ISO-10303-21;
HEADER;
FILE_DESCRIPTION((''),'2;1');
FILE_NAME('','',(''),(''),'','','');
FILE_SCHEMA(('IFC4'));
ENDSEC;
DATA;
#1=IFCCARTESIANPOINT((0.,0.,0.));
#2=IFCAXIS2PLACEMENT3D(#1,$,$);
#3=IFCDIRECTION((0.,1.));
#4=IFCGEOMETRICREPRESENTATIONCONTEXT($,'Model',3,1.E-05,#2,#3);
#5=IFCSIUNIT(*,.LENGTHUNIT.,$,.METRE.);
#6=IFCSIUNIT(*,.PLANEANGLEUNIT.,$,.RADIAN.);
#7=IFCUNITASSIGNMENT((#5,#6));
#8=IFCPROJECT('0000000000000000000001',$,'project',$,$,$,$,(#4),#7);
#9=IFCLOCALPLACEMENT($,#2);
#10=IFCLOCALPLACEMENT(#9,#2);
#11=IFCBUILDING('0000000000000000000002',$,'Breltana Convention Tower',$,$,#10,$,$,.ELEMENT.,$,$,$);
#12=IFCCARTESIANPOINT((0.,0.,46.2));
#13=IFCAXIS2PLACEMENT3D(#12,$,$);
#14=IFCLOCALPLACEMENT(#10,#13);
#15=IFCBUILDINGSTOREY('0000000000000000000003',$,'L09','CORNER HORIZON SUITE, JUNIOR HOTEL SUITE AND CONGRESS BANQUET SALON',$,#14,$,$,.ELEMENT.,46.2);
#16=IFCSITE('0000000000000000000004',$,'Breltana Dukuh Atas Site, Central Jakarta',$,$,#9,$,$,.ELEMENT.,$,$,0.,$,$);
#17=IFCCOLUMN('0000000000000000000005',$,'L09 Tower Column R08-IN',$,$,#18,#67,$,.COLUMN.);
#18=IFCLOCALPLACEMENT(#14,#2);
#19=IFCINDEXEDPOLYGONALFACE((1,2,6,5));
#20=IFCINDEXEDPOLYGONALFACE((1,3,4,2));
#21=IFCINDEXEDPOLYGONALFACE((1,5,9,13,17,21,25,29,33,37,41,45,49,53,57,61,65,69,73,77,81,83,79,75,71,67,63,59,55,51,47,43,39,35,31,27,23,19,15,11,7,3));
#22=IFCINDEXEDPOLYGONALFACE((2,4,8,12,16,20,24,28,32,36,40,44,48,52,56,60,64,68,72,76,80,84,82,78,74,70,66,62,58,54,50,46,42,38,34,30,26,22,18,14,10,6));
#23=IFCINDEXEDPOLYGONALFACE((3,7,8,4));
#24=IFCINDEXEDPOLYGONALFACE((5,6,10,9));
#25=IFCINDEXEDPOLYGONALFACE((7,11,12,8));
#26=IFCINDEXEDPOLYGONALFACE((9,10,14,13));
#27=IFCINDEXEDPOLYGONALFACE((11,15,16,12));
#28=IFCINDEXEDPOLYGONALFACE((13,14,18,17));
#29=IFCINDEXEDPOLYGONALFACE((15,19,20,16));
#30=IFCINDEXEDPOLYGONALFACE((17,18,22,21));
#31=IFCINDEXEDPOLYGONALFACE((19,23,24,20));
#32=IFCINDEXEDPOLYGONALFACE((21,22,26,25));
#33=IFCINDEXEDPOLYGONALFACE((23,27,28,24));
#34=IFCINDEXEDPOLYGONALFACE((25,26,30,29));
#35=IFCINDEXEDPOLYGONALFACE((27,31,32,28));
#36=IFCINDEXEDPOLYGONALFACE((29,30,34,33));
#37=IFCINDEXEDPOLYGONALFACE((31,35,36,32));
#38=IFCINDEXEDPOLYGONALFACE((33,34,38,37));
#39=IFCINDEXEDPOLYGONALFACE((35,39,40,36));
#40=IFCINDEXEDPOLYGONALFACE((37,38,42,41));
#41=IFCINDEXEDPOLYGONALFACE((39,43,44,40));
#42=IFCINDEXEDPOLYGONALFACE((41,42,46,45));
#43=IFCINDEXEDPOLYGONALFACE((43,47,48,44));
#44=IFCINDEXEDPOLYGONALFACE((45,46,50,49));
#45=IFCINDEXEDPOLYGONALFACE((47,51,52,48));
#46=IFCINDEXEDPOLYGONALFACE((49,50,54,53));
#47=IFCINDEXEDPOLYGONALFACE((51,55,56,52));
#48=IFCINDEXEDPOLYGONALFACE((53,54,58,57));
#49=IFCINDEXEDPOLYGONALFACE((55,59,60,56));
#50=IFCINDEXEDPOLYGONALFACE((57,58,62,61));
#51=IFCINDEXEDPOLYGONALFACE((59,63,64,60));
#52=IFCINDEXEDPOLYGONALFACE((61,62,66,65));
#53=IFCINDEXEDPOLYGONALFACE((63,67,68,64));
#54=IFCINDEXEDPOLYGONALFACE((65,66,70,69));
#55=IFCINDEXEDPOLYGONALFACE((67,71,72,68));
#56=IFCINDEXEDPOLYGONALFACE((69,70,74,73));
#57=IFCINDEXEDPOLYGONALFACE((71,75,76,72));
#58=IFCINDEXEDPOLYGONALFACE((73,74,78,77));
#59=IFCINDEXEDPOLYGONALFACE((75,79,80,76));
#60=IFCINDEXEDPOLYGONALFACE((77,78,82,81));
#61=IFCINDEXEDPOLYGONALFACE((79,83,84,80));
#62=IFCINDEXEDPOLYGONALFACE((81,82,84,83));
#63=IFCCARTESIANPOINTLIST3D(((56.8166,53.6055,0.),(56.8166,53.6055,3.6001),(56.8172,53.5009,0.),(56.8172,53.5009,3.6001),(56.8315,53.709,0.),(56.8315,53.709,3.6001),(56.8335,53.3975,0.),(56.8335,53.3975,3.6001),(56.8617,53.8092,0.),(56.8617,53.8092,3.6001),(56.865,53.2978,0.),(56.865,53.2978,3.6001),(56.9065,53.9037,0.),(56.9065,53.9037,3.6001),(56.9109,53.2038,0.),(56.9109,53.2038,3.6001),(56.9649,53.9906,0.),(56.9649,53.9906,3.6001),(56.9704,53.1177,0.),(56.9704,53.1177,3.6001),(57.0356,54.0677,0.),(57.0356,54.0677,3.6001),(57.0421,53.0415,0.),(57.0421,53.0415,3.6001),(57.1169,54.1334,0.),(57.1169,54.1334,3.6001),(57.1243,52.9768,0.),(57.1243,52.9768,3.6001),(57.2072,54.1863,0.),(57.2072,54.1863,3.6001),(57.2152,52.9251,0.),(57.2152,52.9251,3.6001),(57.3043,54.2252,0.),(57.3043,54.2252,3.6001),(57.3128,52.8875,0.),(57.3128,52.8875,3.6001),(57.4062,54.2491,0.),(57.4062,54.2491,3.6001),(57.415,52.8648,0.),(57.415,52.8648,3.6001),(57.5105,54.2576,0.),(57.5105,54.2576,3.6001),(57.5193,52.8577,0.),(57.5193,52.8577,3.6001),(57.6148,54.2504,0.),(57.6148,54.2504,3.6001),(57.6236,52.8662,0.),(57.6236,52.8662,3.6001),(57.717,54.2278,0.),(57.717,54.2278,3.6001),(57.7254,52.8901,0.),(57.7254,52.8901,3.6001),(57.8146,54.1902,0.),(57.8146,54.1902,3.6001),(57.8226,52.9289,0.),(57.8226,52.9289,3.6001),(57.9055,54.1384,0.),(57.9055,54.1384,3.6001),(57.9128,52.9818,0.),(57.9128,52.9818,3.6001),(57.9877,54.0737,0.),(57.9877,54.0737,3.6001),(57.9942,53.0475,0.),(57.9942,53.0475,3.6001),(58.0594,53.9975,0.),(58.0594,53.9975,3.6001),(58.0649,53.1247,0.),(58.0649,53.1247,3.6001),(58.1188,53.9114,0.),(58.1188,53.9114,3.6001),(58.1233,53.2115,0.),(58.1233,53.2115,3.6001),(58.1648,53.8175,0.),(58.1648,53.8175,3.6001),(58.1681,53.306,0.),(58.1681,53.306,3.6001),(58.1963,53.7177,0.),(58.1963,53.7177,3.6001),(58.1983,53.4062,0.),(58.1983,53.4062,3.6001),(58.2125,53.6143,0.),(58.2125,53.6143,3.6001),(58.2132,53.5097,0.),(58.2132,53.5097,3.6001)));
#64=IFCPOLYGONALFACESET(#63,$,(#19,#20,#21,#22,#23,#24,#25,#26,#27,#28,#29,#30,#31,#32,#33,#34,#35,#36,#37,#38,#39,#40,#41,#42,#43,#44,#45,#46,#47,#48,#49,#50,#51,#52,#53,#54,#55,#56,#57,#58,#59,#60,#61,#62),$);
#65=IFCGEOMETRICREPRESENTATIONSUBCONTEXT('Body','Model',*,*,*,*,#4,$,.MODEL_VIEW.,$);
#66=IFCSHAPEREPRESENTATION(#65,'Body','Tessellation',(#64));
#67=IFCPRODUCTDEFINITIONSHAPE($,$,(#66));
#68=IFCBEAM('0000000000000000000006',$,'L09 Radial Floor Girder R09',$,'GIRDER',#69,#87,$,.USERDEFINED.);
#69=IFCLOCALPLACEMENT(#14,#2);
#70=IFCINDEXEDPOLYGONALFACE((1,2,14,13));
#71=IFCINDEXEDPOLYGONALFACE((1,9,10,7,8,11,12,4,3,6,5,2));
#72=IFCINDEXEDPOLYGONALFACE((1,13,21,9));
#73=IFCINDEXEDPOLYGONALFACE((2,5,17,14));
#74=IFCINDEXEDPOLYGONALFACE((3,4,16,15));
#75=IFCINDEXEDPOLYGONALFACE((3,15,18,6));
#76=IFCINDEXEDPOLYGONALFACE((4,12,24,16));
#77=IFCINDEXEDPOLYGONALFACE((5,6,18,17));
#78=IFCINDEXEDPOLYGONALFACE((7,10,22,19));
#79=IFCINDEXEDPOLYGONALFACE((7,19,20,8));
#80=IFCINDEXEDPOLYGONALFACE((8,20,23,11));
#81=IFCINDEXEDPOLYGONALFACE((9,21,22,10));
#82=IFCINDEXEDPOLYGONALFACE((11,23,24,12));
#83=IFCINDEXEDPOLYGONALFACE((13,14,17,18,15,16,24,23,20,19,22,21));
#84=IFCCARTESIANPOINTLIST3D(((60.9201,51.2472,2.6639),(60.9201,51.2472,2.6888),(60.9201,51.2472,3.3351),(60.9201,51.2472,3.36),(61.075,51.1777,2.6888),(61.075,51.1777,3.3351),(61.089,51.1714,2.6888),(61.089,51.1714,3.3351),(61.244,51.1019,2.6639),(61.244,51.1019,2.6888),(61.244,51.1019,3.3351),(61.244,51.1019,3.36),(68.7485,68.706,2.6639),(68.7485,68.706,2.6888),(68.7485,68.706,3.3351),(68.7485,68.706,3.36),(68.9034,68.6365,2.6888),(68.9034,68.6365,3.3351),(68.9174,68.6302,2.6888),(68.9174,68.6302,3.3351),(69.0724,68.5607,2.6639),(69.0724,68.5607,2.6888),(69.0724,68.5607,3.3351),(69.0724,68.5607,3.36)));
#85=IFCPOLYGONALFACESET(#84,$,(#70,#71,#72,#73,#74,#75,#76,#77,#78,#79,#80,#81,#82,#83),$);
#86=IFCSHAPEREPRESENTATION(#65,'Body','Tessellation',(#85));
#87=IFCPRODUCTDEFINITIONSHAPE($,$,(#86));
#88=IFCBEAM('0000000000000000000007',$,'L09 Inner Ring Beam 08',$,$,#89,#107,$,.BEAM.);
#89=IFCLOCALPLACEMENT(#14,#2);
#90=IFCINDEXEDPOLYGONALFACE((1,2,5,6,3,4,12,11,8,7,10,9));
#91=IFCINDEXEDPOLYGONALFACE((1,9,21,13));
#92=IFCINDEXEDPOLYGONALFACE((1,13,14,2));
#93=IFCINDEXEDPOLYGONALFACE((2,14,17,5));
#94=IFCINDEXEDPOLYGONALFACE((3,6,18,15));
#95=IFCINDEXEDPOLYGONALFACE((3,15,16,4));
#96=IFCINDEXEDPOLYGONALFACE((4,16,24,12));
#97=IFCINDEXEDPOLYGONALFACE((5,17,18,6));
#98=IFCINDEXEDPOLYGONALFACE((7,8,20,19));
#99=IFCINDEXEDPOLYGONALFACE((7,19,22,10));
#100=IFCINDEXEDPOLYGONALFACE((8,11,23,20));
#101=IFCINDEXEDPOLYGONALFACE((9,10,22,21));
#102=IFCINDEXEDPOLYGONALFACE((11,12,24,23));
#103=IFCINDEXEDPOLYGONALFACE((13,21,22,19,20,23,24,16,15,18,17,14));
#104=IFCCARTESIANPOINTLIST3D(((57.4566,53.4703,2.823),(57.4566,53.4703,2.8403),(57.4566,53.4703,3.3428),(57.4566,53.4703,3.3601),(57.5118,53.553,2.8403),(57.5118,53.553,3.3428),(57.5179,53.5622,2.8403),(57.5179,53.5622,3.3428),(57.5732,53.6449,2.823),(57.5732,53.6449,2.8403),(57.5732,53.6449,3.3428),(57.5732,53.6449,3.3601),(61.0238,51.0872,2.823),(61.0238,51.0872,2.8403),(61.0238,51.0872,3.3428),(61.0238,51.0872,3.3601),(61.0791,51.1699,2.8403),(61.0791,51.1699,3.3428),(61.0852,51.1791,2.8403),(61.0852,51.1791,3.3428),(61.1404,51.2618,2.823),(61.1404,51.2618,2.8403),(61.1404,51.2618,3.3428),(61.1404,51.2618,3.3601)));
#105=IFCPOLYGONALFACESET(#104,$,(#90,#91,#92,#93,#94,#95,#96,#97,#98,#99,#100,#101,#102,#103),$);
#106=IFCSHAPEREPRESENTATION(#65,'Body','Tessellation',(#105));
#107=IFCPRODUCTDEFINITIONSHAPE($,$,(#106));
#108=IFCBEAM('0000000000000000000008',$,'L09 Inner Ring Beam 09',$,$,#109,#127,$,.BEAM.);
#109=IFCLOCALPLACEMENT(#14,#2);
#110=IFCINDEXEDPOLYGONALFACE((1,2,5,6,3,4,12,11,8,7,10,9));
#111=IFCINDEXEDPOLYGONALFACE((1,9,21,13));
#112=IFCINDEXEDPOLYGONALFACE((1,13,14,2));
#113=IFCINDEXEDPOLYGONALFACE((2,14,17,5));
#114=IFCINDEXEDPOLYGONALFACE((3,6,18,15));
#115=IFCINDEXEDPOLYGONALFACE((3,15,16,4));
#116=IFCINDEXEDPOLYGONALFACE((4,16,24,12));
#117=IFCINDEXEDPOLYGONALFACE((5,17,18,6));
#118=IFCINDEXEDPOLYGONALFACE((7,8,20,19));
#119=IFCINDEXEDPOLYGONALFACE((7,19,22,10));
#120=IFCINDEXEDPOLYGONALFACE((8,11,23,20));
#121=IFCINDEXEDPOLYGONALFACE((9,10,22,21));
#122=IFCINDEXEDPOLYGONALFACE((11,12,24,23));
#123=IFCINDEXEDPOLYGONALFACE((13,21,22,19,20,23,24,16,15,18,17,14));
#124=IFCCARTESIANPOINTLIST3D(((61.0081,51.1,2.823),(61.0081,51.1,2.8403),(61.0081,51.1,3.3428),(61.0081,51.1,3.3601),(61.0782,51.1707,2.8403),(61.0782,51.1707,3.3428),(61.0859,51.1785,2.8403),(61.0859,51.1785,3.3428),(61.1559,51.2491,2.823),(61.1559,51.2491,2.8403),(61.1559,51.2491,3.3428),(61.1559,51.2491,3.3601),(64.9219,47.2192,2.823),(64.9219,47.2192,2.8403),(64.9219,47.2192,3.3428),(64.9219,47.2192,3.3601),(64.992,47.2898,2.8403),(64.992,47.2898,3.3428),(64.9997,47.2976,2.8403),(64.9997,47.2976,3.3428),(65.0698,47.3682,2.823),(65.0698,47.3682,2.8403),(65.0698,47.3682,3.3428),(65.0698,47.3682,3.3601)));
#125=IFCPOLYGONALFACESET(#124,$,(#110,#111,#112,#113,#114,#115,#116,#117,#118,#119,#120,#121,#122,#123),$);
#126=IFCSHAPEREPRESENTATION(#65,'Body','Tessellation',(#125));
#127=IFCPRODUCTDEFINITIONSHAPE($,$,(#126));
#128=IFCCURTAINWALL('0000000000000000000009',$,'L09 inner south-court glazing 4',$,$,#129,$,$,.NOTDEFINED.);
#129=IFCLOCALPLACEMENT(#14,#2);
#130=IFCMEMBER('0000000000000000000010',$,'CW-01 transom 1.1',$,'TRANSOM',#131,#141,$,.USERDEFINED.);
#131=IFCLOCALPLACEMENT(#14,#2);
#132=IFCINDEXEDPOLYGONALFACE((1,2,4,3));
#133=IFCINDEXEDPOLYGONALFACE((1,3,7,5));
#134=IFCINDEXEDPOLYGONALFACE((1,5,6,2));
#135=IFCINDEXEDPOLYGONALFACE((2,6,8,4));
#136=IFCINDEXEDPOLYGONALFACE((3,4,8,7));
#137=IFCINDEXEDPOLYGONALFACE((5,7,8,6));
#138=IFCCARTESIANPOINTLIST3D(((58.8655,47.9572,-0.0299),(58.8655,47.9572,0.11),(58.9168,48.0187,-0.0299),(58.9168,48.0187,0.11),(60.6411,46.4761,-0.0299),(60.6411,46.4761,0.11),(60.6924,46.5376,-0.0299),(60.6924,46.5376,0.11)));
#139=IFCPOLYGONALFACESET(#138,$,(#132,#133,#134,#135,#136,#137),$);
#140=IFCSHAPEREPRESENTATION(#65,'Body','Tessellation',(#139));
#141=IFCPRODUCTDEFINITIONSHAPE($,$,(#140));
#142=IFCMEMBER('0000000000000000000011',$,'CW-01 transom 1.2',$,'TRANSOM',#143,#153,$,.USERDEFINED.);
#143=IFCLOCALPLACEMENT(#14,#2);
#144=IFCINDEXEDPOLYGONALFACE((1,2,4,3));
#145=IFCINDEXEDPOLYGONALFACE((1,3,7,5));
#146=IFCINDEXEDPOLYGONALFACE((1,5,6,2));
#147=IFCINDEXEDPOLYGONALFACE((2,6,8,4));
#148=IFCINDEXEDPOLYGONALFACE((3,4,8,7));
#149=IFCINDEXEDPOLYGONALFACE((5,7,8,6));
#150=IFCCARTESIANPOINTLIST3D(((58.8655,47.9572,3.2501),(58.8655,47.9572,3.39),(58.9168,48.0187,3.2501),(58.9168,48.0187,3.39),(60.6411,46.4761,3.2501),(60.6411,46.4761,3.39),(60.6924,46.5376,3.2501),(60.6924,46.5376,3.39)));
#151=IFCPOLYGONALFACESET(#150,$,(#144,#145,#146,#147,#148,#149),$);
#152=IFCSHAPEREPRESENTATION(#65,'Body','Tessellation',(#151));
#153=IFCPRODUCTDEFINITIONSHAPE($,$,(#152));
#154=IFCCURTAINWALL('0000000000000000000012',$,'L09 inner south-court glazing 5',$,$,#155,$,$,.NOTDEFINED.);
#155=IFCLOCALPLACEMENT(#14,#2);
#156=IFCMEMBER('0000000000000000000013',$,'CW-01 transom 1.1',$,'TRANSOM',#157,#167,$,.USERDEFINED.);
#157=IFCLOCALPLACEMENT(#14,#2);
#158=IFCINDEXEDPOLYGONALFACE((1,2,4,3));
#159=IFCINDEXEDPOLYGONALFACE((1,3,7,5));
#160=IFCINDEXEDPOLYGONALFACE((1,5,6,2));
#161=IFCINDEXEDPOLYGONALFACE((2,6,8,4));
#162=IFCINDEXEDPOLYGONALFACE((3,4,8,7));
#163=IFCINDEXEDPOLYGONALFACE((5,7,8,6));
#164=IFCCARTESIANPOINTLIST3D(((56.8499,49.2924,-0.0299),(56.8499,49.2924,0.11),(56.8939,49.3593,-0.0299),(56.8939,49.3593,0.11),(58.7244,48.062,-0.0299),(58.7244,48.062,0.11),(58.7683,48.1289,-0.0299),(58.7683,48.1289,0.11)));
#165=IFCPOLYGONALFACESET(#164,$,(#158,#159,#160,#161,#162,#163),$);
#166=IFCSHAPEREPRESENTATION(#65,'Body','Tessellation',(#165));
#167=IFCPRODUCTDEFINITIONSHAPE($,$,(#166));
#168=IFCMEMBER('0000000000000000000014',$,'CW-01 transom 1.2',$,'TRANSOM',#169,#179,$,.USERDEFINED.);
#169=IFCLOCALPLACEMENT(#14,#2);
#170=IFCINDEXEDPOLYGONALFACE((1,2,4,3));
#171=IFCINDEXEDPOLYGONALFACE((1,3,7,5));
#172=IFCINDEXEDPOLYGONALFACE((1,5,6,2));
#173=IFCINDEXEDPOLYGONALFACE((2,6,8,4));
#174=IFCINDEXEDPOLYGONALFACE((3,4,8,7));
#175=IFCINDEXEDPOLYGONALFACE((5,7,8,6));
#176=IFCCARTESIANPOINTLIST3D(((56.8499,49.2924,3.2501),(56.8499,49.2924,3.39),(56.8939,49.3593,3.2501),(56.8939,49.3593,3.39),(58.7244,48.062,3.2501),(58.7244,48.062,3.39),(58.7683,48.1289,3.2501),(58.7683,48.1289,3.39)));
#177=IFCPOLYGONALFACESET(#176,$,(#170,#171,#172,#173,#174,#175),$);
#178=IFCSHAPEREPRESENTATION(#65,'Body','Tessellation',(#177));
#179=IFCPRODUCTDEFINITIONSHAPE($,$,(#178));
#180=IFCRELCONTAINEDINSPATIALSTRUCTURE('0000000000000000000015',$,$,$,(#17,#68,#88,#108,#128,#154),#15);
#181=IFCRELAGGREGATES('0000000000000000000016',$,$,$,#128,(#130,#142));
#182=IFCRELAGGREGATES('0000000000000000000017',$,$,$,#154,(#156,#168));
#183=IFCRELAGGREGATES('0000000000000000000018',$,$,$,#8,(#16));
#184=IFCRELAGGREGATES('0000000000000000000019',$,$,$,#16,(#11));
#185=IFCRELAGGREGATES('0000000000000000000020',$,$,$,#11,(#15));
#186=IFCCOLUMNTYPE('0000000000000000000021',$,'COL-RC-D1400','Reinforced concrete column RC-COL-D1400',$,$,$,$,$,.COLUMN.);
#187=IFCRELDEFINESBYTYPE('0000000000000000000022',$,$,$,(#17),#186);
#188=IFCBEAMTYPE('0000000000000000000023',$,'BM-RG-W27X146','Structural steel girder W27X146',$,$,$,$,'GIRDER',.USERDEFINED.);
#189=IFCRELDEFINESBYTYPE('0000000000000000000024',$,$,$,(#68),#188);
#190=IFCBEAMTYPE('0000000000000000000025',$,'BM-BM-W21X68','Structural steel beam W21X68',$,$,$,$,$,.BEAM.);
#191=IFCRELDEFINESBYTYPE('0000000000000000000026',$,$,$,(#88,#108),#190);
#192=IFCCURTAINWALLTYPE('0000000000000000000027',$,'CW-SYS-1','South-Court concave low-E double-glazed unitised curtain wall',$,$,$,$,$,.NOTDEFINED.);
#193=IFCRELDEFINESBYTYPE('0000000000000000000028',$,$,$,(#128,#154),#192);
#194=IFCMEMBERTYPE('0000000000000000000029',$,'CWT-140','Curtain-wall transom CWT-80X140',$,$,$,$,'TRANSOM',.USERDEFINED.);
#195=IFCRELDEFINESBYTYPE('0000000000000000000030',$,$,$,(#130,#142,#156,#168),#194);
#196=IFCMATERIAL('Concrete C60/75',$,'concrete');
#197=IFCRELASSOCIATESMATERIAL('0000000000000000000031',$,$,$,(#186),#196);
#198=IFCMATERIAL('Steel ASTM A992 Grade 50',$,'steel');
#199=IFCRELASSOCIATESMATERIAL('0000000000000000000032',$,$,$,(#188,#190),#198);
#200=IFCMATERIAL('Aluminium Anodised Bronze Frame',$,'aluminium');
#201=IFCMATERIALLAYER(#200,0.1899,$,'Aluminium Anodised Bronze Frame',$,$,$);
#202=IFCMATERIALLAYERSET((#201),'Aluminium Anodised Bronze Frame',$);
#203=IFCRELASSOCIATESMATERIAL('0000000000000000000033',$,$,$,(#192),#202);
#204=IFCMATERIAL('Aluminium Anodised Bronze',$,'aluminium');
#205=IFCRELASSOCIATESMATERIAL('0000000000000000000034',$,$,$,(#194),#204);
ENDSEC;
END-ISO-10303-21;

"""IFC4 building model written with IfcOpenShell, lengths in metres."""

from ifc_helpers import new_model, si_unit, direction, frame, origin, origin_2d, place, context, subcontext, project, spatial, rectangle, circle, i_section, extrude, source, transform, mapped, material, layer, layer_set, material_profile, profile_set, type_object, element, aggregate, save


model = new_model("IFC4")

# Units and contexts
model_context = context("Model", 3, precision=1e-05, world=origin(), true_north=direction((0.0, 1.0)))
body_context = subcontext(model_context, "Body", "Model", "MODEL_VIEW")
ifc_project = project(units=[si_unit("LENGTHUNIT", "METRE"), si_unit("PLANEANGLEUNIT", "RADIAN")], contexts=[model_context])

# Site, building, storey
site_placement = place(None, origin())
site = spatial("IfcSite", under=ifc_project, at=site_placement, Name="Breltana Dukuh Atas Site, Central Jakarta", CompositionType="ELEMENT", RefElevation=0.0)
building_placement = place(site_placement, origin())
building = spatial("IfcBuilding", under=site, at=building_placement, Name="Breltana Convention Tower", CompositionType="ELEMENT")
storey_placement = place(building_placement, frame((0.0, 0.0, 46.2)))
storey = spatial("IfcBuildingStorey", under=building, at=storey_placement, Name="L09", Description="CORNER HORIZON SUITE, JUNIOR HOTEL SUITE AND CONGRESS BANQUET SALON", CompositionType="ELEMENT", Elevation=46.2)

# Column
ifc_material_1 = material(Name="Concrete C60/75", Category="concrete")
ifc_material_profile_1 = material_profile(ifc_material_1, circle(Radius=0.7, at=origin_2d()), Name="RC-COL-D1400")
ifc_profile_set_1 = profile_set([ifc_material_profile_1], Name="Concrete C60/75")
column_type = type_object("IfcColumnType", Name="COL-RC-D1400", Description="Reinforced concrete column RC-COL-D1400", PredefinedType="COLUMN", material=ifc_profile_set_1)
shared_shape_1 = source(origin(), body_context, "Body", "SweptSolid", [
    extrude(circle(Radius=0.7, at=origin_2d()), origin(), (0.0, 0.0, 1.0), 3.6001),
])
for number, where, z_axis, x_axis, name in (
    (1, (57.5149, 53.5576, 0.0), (0.0, 0.0, 1.0), (0.288698, 0.95742, 0.0), "L09 Tower Column R08-IN"),
):
    element("IfcColumn", number, at=place(storey_placement, frame(where, z_axis=z_axis, x_axis=x_axis)), inside=storey, type_object=column_type, Name=name, PredefinedType="COLUMN", context=body_context, shape_type="MappedRepresentation", body=[
        mapped(shared_shape_1, transform((0.0, 0.0, 0.0), scale=1.0)),
    ])

# Beams
ifc_material_2 = material(Name="Steel ASTM A992 Grade 50", Category="steel")
ifc_material_profile_2 = material_profile(ifc_material_2, i_section(OverallWidth=0.355, OverallDepth=0.696, WebThickness=0.0154, FlangeThickness=0.0249, at=origin_2d()), Name="W27X146")
ifc_profile_set_2 = profile_set([ifc_material_profile_2], Name="Steel ASTM A992 Grade 50")
beam_type_1 = type_object("IfcBeamType", Name="BM-RG-W27X146", Description="Structural steel girder W27X146", ElementType="GIRDER", PredefinedType="USERDEFINED", material=ifc_profile_set_2)
shared_shape_2 = source(origin(), body_context, "Body", "SweptSolid", [
    extrude(i_section(OverallWidth=0.355, OverallDepth=0.696, WebThickness=0.0154, FlangeThickness=0.0249, at=origin_2d()), origin(), (0.0, 0.0, 1.0), 19.1335),
])
beam_1_placement = place(storey_placement, frame((61.082, 51.1746, 3.012), z_axis=(0.409145, 0.91247, 0.0), x_axis=(-0.91247, 0.409145, 0.0)))
element("IfcBeam", 2, at=beam_1_placement, inside=storey, type_object=beam_type_1, Name="L09 Radial Floor Girder R09", ObjectType="GIRDER", PredefinedType="USERDEFINED", context=body_context, shape_type="MappedRepresentation", body=[
    mapped(shared_shape_2, transform((0.0, 0.0, 0.0), scale=1.0)),
])
ifc_material_profile_3 = material_profile(ifc_material_2, i_section(OverallWidth=0.21, OverallDepth=0.5371, WebThickness=0.011, FlangeThickness=0.0173, at=origin_2d()), Name="W21X68")
ifc_profile_set_3 = profile_set([ifc_material_profile_3], Name="Steel ASTM A992 Grade 50")
beam_type_2 = type_object("IfcBeamType", Name="BM-BM-W21X68", Description="Structural steel beam W21X68", PredefinedType="BEAM", material=ifc_profile_set_3)
shared_shape_3 = source(origin(), body_context, "Body", "SweptSolid", [
    extrude(i_section(OverallWidth=0.21, OverallDepth=0.5371, WebThickness=0.011, FlangeThickness=0.0173, at=origin_2d()), origin(), (0.0, 0.0, 1.0), 4.29),
])
beam_2_placement = place(storey_placement, frame((57.5149, 53.5576, 3.0916), z_axis=(0.831516, -0.555501, 0.0), x_axis=(0.555501, 0.831516, 0.0)))
element("IfcBeam", 3, at=beam_2_placement, inside=storey, type_object=beam_type_2, Name="L09 Inner Ring Beam 08", PredefinedType="BEAM", context=body_context, shape_type="MappedRepresentation", body=[
    mapped(shared_shape_3, transform((0.0, 0.0, 0.0), scale=1.0)),
])
shared_shape_4 = source(origin(), body_context, "Body", "SweptSolid", [
    extrude(i_section(OverallWidth=0.21, OverallDepth=0.5371, WebThickness=0.011, FlangeThickness=0.0173, at=origin_2d()), origin(), (0.0, 0.0, 1.0), 5.5117),
])
beam_3_placement = place(storey_placement, frame((61.082, 51.1746, 3.0916), z_axis=(0.71009, -0.704111, 0.0), x_axis=(0.704111, 0.71009, 0.0)))
element("IfcBeam", 4, at=beam_3_placement, inside=storey, type_object=beam_type_2, Name="L09 Inner Ring Beam 09", PredefinedType="BEAM", context=body_context, shape_type="MappedRepresentation", body=[
    mapped(shared_shape_4, transform((0.0, 0.0, 0.0), scale=1.0)),
])

# Curtain walls, members
ifc_material_3 = material(Name="Aluminium Anodised Bronze Frame", Category="aluminium")
ifc_layer_1 = layer(ifc_material_3, 0.1899, Name="Aluminium Anodised Bronze Frame")
ifc_layer_set_1 = layer_set([ifc_layer_1], Name="Aluminium Anodised Bronze Frame")
curtain_wall_type = type_object("IfcCurtainWallType", Name="CW-SYS-1", Description="South-Court concave low-E double-glazed unitised curtain wall", PredefinedType="NOTDEFINED", material=ifc_layer_set_1)
curtain_wall_1_placement = place(storey_placement, origin())
curtain_wall_1 = element("IfcCurtainWall", 5, at=curtain_wall_1_placement, inside=storey, type_object=curtain_wall_type, Name="L09 inner south-court glazing 4", PredefinedType="NOTDEFINED")
ifc_material_4 = material(Name="Aluminium Anodised Bronze", Category="aluminium")
ifc_material_profile_4 = material_profile(ifc_material_4, rectangle(XDim=0.0801, YDim=0.1399, at=origin_2d()), Name="CWT-80X140")
ifc_profile_set_4 = profile_set([ifc_material_profile_4], Name="Aluminium Anodised Bronze")
member_type_1 = type_object("IfcMemberType", Name="CWT-140", Description="Curtain-wall transom CWT-80X140", ElementType="TRANSOM", PredefinedType="USERDEFINED", material=ifc_profile_set_4)
shared_shape_5 = source(origin(), body_context, "Body", "SweptSolid", [
    extrude(rectangle(XDim=0.0801, YDim=0.1399, at=origin_2d()), origin(), (0.0, 0.0, 1.0), 2.3123),
])
member_1_placement = place(storey_placement, frame((60.6667, 46.5068, 0.04), z_axis=(-0.767901, 0.640569, 0.0), x_axis=(-0.640569, -0.767901, 0.0)))
member_1 = element("IfcMember", 6, at=member_1_placement, type_object=member_type_1, Name="CW-01 transom 1.1", ObjectType="TRANSOM", PredefinedType="USERDEFINED", context=body_context, shape_type="MappedRepresentation", body=[
    mapped(shared_shape_5, transform((0.0, 0.0, 0.0), scale=1.0)),
])
member_2_placement = place(storey_placement, frame((60.6667, 46.5068, 3.3201), z_axis=(-0.767901, 0.640569, 0.0), x_axis=(-0.640569, -0.767901, 0.0)))
member_2 = element("IfcMember", 7, at=member_2_placement, type_object=member_type_1, Name="CW-01 transom 1.2", ObjectType="TRANSOM", PredefinedType="USERDEFINED", context=body_context, shape_type="MappedRepresentation", body=[
    mapped(shared_shape_5, transform((0.0, 0.0, 0.0), scale=1.0)),
])
curtain_wall_2_placement = place(storey_placement, origin())
curtain_wall_2 = element("IfcCurtainWall", 8, at=curtain_wall_2_placement, inside=storey, type_object=curtain_wall_type, Name="L09 inner south-court glazing 5", PredefinedType="NOTDEFINED")
shared_shape_6 = source(origin(), body_context, "Body", "SweptSolid", [
    extrude(rectangle(XDim=0.0801, YDim=0.1399, at=origin_2d()), origin(), (0.0, 0.0, 1.0), 2.2422),
])
member_3_placement = place(storey_placement, frame((58.7463, 48.0955, 0.04), z_axis=(-0.835982, 0.548756, 0.0), x_axis=(-0.548756, -0.835982, 0.0)))
member_3 = element("IfcMember", 9, at=member_3_placement, type_object=member_type_1, Name="CW-01 transom 1.1", ObjectType="TRANSOM", PredefinedType="USERDEFINED", context=body_context, shape_type="MappedRepresentation", body=[
    mapped(shared_shape_6, transform((0.0, 0.0, 0.0), scale=1.0)),
])
member_4_placement = place(storey_placement, frame((58.7463, 48.0955, 3.3201), z_axis=(-0.835982, 0.548756, 0.0), x_axis=(-0.548756, -0.835982, 0.0)))
member_4 = element("IfcMember", 10, at=member_4_placement, type_object=member_type_1, Name="CW-01 transom 1.2", ObjectType="TRANSOM", PredefinedType="USERDEFINED", context=body_context, shape_type="MappedRepresentation", body=[
    mapped(shared_shape_6, transform((0.0, 0.0, 0.0), scale=1.0)),
])

aggregate(curtain_wall_1, [member_1, member_2])
aggregate(curtain_wall_2, [member_3, member_4])

save(model, "model.ifc")
